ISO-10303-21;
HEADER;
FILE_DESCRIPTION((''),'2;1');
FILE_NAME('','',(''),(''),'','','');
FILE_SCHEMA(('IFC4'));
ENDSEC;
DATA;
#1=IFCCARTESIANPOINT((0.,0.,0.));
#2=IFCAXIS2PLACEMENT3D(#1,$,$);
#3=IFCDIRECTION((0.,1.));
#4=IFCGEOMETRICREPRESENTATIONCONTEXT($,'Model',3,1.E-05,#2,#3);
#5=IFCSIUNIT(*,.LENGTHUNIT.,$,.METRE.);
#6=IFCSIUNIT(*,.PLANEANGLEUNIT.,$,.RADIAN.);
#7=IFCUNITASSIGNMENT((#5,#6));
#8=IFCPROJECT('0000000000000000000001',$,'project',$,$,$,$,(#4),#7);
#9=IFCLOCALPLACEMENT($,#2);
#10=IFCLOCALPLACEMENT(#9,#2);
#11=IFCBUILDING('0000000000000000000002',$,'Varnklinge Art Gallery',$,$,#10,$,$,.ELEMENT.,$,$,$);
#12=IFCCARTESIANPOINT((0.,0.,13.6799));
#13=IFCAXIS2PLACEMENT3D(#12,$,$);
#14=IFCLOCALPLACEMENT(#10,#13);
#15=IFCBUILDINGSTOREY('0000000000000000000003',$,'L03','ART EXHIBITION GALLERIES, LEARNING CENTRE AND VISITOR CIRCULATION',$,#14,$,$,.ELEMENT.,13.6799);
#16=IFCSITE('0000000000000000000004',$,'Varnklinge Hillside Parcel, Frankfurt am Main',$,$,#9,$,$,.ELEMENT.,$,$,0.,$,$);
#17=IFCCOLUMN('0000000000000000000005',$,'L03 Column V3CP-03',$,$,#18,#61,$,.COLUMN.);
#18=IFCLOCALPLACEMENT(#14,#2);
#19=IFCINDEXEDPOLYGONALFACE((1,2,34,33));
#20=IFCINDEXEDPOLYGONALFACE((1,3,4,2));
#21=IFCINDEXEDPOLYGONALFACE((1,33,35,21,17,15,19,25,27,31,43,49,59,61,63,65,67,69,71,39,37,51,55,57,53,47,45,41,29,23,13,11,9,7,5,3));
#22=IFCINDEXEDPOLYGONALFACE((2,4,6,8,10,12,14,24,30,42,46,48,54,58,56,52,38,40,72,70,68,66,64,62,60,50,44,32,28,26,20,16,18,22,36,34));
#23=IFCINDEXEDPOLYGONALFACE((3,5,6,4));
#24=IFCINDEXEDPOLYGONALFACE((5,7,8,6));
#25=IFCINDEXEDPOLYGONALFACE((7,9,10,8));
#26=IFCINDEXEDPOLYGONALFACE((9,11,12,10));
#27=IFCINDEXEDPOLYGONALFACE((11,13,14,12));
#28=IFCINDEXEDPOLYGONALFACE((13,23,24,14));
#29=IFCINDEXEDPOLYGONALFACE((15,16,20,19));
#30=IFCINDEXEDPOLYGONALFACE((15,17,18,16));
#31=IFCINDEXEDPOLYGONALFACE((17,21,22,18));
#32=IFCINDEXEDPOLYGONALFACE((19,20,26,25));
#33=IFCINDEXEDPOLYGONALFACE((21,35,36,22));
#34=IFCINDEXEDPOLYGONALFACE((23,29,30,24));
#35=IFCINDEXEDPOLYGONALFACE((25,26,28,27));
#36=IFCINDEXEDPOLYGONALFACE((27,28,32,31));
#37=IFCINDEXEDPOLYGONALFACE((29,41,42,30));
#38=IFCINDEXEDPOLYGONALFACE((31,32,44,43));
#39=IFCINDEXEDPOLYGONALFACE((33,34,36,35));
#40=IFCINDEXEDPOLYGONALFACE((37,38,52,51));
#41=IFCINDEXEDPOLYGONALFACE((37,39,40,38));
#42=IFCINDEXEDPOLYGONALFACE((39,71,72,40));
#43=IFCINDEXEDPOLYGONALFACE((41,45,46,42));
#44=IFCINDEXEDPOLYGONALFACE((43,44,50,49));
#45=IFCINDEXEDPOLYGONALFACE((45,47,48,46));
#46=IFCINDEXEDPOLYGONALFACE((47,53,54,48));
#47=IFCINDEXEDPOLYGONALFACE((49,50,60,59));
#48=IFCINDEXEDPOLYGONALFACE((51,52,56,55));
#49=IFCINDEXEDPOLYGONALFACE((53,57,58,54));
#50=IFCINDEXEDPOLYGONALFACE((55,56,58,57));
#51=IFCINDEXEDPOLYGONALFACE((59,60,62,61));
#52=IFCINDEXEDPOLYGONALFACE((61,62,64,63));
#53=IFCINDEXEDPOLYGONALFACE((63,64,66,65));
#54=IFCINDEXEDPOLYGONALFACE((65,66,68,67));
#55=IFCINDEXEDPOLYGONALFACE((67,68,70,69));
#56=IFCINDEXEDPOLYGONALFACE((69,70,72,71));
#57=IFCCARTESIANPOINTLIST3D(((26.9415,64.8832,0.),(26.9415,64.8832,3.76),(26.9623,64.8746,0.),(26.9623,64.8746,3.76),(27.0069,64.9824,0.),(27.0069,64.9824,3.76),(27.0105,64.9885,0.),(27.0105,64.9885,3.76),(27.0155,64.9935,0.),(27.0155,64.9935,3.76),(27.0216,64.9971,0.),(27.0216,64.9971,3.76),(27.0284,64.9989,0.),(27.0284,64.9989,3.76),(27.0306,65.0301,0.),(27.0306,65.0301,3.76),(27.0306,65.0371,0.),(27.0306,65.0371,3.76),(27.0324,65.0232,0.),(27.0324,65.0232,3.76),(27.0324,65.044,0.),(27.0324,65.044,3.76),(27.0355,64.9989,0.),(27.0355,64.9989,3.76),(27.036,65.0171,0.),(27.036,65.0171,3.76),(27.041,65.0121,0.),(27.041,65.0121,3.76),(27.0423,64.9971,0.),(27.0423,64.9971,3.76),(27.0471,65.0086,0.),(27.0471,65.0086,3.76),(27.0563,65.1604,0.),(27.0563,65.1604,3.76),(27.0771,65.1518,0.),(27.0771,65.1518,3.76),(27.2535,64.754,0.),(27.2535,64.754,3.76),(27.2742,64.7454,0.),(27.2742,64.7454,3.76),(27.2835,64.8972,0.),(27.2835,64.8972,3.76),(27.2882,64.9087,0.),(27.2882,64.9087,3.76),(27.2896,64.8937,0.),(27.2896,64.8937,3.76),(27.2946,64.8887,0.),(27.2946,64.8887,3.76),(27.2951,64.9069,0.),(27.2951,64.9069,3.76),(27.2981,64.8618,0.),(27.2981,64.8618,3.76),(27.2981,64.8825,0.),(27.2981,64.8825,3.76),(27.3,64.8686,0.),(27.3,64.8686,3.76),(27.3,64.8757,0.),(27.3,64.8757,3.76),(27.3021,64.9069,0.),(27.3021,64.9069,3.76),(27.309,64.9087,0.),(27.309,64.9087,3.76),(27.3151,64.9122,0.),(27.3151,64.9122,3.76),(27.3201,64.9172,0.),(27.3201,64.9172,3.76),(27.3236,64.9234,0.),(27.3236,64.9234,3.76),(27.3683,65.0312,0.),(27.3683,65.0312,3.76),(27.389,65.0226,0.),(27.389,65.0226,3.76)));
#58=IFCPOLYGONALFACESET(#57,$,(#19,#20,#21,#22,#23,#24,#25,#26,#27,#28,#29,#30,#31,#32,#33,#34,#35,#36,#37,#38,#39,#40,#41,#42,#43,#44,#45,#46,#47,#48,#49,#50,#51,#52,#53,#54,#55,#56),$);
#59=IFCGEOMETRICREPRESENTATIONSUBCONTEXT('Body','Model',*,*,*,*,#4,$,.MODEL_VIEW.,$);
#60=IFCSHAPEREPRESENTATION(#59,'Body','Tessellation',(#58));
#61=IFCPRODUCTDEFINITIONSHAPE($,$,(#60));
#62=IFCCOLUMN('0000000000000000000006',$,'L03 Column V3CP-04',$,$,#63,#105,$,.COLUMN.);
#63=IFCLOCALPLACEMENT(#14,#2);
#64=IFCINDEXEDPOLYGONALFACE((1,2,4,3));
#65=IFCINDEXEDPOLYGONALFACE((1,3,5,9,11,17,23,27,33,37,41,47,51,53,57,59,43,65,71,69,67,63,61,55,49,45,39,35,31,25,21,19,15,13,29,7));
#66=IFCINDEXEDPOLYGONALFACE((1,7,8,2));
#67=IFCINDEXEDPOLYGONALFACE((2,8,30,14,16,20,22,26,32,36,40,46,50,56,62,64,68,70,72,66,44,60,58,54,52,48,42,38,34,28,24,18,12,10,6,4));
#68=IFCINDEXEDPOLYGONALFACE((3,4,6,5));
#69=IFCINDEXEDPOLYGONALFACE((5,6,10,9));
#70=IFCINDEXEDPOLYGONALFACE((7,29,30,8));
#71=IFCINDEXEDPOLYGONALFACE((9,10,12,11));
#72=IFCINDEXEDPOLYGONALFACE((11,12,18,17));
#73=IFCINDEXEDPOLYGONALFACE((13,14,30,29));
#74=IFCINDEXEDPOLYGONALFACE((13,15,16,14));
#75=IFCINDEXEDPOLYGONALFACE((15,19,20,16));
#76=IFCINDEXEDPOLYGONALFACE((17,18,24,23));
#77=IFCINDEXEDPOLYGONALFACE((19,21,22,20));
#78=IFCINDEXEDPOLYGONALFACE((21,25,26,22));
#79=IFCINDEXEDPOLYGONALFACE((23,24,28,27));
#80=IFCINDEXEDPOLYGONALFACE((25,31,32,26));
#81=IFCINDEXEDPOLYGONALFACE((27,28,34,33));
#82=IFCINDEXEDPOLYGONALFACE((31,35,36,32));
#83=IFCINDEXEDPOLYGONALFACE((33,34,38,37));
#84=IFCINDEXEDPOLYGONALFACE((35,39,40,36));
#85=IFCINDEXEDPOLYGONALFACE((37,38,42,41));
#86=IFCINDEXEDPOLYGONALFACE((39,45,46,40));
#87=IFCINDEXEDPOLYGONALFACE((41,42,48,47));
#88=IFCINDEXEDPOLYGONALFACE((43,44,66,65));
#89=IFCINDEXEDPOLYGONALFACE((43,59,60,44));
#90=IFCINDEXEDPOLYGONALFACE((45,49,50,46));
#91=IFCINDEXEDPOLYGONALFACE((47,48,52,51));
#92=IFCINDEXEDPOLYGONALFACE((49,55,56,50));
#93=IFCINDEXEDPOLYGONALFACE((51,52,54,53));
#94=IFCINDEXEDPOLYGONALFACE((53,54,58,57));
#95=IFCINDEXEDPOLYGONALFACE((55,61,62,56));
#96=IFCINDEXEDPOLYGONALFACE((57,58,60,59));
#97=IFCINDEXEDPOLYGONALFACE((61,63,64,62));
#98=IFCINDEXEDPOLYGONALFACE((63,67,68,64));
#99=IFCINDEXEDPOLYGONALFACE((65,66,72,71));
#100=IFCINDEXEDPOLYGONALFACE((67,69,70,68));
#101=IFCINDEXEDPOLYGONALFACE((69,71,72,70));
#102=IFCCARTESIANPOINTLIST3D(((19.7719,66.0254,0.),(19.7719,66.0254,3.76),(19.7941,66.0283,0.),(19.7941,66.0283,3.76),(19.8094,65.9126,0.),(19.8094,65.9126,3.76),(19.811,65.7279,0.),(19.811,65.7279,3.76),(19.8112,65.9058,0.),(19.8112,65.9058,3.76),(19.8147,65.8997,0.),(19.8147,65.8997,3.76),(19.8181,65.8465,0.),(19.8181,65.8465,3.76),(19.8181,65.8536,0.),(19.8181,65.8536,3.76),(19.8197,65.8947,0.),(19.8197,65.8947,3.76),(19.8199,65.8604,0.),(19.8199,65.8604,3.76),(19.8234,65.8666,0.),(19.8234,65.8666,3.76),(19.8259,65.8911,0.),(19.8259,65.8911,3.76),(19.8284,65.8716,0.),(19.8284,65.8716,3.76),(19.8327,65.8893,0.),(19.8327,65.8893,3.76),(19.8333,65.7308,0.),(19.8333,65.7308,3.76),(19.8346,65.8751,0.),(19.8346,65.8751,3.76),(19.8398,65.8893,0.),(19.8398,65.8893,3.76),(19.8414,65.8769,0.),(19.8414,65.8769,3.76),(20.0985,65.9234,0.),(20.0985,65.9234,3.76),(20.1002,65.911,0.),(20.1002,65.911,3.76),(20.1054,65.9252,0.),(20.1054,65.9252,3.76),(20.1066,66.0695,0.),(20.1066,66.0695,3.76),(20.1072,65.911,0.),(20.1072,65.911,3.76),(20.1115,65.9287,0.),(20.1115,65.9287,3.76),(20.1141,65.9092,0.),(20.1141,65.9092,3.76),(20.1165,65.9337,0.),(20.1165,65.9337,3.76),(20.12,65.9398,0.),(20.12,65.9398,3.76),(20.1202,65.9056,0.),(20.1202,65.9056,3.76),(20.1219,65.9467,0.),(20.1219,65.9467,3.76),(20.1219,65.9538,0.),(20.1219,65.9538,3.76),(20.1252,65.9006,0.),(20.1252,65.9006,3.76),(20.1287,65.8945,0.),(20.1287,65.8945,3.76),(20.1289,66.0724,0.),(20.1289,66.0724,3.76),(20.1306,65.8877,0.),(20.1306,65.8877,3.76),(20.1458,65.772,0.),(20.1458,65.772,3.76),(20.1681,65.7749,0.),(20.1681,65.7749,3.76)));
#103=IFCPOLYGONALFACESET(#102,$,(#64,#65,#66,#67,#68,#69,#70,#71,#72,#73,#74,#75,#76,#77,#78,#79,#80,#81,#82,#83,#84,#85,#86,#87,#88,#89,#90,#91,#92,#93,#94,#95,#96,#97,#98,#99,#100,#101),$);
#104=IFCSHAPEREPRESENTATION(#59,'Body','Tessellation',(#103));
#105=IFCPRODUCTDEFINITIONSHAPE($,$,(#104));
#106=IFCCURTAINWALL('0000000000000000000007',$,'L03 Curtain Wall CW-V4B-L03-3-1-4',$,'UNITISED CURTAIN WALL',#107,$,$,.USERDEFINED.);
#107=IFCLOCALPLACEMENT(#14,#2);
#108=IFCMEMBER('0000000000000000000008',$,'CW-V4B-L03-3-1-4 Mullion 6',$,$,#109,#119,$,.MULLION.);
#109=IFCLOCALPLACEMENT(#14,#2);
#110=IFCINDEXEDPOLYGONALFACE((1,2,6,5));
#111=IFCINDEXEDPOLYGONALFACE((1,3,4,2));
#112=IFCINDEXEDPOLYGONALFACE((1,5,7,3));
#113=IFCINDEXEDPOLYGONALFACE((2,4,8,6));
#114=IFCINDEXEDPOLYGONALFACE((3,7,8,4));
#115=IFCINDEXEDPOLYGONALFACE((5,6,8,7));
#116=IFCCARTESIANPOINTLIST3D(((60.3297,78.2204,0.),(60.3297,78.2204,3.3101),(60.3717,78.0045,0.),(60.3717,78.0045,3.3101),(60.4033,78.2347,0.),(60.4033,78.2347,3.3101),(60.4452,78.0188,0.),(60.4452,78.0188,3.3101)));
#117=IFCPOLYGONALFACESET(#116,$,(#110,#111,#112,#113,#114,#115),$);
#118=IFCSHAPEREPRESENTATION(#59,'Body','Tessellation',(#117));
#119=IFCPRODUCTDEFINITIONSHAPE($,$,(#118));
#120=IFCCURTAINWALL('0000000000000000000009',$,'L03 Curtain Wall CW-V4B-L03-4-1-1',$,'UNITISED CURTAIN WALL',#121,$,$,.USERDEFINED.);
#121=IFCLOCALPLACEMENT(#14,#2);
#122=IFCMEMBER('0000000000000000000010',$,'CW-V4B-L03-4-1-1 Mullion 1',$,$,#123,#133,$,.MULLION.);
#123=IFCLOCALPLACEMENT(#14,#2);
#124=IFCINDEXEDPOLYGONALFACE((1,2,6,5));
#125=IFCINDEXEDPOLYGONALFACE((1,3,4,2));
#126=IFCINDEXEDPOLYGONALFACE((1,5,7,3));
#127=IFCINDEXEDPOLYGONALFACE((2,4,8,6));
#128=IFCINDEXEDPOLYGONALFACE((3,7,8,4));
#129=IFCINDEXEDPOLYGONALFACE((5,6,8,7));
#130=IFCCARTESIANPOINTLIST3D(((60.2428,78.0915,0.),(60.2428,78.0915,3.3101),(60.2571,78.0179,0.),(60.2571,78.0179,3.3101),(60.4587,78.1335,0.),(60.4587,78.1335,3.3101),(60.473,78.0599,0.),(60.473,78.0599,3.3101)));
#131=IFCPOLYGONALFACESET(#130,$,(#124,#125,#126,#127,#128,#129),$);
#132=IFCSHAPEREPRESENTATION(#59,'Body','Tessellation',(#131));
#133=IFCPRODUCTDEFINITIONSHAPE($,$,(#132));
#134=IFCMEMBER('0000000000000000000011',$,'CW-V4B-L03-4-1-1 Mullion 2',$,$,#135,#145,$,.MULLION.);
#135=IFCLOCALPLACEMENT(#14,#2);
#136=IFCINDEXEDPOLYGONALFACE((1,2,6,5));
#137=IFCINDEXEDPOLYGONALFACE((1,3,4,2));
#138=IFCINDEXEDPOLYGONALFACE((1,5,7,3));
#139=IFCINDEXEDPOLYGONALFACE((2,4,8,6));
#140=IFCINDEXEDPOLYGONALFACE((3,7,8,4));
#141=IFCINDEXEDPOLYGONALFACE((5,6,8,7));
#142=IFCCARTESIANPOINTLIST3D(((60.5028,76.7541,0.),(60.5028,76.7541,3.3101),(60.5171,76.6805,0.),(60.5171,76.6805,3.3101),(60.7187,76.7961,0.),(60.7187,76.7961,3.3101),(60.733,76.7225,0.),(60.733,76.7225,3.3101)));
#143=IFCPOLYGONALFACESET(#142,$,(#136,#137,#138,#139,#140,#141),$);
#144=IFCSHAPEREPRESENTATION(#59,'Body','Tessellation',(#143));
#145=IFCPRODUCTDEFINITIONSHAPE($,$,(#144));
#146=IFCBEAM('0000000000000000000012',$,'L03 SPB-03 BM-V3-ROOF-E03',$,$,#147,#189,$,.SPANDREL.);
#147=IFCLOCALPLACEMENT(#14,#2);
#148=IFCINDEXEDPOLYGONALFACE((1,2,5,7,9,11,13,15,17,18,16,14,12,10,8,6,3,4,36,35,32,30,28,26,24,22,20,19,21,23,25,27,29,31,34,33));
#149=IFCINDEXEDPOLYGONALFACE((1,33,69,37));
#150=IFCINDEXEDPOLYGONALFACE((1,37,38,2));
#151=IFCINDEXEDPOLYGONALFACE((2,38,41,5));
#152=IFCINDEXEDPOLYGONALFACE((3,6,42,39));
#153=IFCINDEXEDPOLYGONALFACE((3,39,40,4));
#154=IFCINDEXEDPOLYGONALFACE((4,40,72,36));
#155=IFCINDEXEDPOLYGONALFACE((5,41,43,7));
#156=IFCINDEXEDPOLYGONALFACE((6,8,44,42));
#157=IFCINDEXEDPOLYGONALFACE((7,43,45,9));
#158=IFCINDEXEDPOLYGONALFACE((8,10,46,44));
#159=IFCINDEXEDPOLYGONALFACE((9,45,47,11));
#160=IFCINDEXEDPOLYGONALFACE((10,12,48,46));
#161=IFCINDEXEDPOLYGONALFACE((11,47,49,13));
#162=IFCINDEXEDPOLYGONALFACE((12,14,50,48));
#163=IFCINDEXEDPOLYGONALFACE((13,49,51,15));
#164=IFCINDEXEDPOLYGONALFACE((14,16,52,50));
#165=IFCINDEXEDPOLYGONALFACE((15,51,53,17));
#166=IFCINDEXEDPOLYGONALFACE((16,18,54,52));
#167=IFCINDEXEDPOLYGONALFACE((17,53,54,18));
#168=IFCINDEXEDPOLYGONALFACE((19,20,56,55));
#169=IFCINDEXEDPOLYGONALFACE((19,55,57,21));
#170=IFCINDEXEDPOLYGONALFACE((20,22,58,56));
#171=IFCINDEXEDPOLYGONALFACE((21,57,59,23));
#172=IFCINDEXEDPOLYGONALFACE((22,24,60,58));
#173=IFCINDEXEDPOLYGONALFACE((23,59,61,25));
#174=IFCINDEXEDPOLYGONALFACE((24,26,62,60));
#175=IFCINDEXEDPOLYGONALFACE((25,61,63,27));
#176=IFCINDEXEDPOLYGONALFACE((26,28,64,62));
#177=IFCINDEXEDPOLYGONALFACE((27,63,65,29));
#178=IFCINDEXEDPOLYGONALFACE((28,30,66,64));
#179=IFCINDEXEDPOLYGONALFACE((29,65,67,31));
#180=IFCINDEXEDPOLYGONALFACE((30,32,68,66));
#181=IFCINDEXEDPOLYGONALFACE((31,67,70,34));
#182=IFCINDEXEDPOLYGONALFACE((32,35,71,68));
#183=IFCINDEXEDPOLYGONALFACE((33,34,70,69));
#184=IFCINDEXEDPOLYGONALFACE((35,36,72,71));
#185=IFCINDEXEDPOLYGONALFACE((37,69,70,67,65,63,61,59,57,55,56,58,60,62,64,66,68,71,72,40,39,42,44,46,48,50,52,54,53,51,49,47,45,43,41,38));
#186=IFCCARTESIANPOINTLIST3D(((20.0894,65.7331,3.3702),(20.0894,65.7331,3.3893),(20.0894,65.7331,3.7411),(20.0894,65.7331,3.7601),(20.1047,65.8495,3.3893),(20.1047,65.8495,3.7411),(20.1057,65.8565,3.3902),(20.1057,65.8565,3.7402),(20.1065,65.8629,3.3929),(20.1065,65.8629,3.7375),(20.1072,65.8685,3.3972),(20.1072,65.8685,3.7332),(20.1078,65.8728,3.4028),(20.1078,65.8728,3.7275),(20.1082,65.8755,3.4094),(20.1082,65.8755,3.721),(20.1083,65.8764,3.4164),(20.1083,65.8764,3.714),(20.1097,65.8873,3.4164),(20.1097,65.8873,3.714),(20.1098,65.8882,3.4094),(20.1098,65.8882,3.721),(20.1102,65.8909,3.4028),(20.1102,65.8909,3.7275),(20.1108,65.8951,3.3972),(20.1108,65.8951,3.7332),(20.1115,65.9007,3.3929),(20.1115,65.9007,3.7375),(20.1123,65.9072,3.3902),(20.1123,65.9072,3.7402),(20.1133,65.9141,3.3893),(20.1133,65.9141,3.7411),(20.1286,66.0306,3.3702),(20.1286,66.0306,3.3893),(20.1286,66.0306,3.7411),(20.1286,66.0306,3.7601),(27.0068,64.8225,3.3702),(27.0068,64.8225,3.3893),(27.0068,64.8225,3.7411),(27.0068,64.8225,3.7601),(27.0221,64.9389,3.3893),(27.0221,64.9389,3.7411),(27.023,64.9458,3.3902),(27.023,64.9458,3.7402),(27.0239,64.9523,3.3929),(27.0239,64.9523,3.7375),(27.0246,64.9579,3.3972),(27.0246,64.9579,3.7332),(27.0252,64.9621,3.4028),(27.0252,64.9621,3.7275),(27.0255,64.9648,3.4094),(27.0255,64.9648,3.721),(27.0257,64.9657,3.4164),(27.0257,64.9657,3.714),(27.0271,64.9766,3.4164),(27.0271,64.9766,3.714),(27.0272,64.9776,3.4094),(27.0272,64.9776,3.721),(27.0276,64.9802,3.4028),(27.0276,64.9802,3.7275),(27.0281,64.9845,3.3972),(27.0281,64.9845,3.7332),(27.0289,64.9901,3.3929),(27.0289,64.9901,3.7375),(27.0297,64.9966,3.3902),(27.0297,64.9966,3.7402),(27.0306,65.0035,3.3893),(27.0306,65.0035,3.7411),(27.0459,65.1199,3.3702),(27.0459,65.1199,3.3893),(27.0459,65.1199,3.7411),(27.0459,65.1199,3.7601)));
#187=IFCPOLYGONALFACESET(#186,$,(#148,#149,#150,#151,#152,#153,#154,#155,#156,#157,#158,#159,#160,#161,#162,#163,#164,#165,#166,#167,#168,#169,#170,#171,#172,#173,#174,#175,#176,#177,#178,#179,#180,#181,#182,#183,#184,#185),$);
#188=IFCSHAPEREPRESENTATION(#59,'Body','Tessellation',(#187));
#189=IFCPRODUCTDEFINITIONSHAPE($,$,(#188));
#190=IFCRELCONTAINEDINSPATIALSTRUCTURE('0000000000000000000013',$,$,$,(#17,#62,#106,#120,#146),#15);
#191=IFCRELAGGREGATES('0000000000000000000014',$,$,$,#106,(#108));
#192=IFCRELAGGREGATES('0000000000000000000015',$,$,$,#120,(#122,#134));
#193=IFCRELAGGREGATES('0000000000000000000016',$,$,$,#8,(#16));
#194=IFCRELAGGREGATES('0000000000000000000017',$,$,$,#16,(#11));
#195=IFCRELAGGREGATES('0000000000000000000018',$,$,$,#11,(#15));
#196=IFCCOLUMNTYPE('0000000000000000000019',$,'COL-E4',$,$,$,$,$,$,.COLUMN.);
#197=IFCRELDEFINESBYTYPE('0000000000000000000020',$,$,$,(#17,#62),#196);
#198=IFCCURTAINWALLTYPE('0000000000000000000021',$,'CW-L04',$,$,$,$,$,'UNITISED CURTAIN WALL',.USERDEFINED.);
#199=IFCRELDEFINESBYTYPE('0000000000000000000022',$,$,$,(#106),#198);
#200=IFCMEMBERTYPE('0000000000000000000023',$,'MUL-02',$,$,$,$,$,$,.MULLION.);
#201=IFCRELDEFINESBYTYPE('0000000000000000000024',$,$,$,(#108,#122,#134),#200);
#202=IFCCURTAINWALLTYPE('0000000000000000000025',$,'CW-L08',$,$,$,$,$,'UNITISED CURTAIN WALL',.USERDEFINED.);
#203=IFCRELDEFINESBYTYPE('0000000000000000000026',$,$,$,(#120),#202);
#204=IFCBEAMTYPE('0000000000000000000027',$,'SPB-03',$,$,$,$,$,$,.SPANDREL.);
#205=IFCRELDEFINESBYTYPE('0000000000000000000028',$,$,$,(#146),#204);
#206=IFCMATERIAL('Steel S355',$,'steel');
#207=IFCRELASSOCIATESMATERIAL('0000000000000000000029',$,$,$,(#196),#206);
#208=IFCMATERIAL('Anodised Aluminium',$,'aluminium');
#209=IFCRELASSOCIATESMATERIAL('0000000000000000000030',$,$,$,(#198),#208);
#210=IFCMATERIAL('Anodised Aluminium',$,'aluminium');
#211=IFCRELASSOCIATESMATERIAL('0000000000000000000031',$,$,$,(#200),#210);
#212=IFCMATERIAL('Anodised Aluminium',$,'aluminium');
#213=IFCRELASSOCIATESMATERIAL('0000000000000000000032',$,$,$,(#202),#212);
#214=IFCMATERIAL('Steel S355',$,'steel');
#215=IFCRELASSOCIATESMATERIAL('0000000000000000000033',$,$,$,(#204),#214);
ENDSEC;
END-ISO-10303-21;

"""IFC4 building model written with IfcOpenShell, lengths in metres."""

from ifc_helpers import new_model, si_unit, direction, frame, origin, origin_2d, place, context, subcontext, project, spatial, rectangle, i_section, extrude, material, material_profile, profile_set, type_object, element, aggregate, save


model = new_model("IFC4")

# Units and contexts
model_context = context("Model", 3, precision=1e-05, world=origin(), true_north=direction((0.0, 1.0)))
body_context = subcontext(model_context, "Body", "Model", "MODEL_VIEW")
ifc_project = project(units=[si_unit("LENGTHUNIT", "METRE"), si_unit("PLANEANGLEUNIT", "RADIAN")], contexts=[model_context])

# Site, building, storey
site_placement = place(None, origin())
site = spatial("IfcSite", under=ifc_project, at=site_placement, Name="Varnklinge Hillside Parcel, Frankfurt am Main", CompositionType="ELEMENT", RefElevation=0.0)
building_placement = place(site_placement, origin())
building = spatial("IfcBuilding", under=site, at=building_placement, Name="Varnklinge Art Gallery", CompositionType="ELEMENT")
storey_placement = place(building_placement, frame((0.0, 0.0, 13.6799)))
storey = spatial("IfcBuildingStorey", under=building, at=storey_placement, Name="L03", Description="ART EXHIBITION GALLERIES, LEARNING CENTRE AND VISITOR CIRCULATION", CompositionType="ELEMENT", Elevation=13.6799)

# Columns
ifc_material_1 = material(Name="Steel S355", Category="steel")
ifc_material_profile_1 = material_profile(ifc_material_1, i_section(OverallWidth=0.3, OverallDepth=0.3601, WebThickness=0.0125, FlangeThickness=0.0225, FilletRadius=0.0271, at=origin_2d()), Name="HEB 360")
ifc_profile_set_1 = profile_set([ifc_material_profile_1], Name="Steel S355")
column_type = type_object("IfcColumnType", Name="COL-E4", PredefinedType="COLUMN", material=ifc_profile_set_1)
for number, where, z_axis, x_axis, name in (
    (1, (27.1653, 64.9529, 0.0), (0.0, 0.0, 1.0), (0.382683, 0.92388, 0.0), "L03 Column V3CP-03"),
    (2, (19.97, 65.9001, 0.0), (0.0, 0.0, 1.0), (-0.130526, 0.991445, 0.0), "L03 Column V3CP-04"),
):
    element("IfcColumn", number, at=place(storey_placement, frame(where, z_axis=z_axis, x_axis=x_axis)), inside=storey, type_object=column_type, Name=name, PredefinedType="COLUMN", context=body_context, shape_type="SweptSolid", body=[
        extrude(i_section(OverallWidth=0.3, OverallDepth=0.3601, WebThickness=0.0125, FlangeThickness=0.0225, FilletRadius=0.0271, at=origin_2d()), origin(), (0.0, 0.0, 1.0), 3.76),
    ])

# Curtain wall, member
ifc_material_2 = material(Name="Anodised Aluminium", Category="aluminium")
curtain_wall_type_1 = type_object("IfcCurtainWallType", Name="CW-L04", ElementType="UNITISED CURTAIN WALL", PredefinedType="USERDEFINED", material=ifc_material_2)
curtain_wall_1_placement = place(storey_placement, origin())
curtain_wall_1 = element("IfcCurtainWall", 3, at=curtain_wall_1_placement, inside=storey, type_object=curtain_wall_type_1, Name="L03 Curtain Wall CW-V4B-L03-3-1-4", ObjectType="UNITISED CURTAIN WALL", PredefinedType="USERDEFINED")
ifc_material_3 = material(Name="Anodised Aluminium", Category="aluminium")
ifc_material_profile_2 = material_profile(ifc_material_3, rectangle(XDim=0.075, YDim=0.22, at=origin_2d()), Name="ALU 75x220")
ifc_profile_set_2 = profile_set([ifc_material_profile_2], Name="Anodised Aluminium")
member_type_1 = type_object("IfcMemberType", Name="MUL-02", PredefinedType="MULLION", material=ifc_profile_set_2)
member_1_placement = place(storey_placement, frame((60.3875, 78.1196, 0.0), z_axis=(0.0, 0.0, 1.0), x_axis=(-0.981627, -0.190809, 0.0)))
member_1 = element("IfcMember", 4, at=member_1_placement, type_object=member_type_1, Name="CW-V4B-L03-3-1-4 Mullion 6", PredefinedType="MULLION", context=body_context, shape_type="SweptSolid", body=[
    extrude(rectangle(XDim=0.075, YDim=0.22, at=origin_2d()), origin(), (0.0, 0.0, 1.0), 3.3101),
])
aggregate(curtain_wall_1, [member_1])

# Curtain wall, members
ifc_material_4 = material(Name="Anodised Aluminium", Category="aluminium")
curtain_wall_type_2 = type_object("IfcCurtainWallType", Name="CW-L08", ElementType="UNITISED CURTAIN WALL", PredefinedType="USERDEFINED", material=ifc_material_4)
curtain_wall_2_placement = place(storey_placement, origin())
curtain_wall_2 = element("IfcCurtainWall", 5, at=curtain_wall_2_placement, inside=storey, type_object=curtain_wall_type_2, Name="L03 Curtain Wall CW-V4B-L03-4-1-1", ObjectType="UNITISED CURTAIN WALL", PredefinedType="USERDEFINED")
member_2_placement = place(storey_placement, frame((60.3579, 78.0757, 0.0), z_axis=(0.0, 0.0, 1.0), x_axis=(0.190809, -0.981627, 0.0)))
member_2 = element("IfcMember", 6, at=member_2_placement, type_object=member_type_1, Name="CW-V4B-L03-4-1-1 Mullion 1", PredefinedType="MULLION", context=body_context, shape_type="SweptSolid", body=[
    extrude(rectangle(XDim=0.075, YDim=0.22, at=origin_2d()), origin(), (0.0, 0.0, 1.0), 3.3101),
])
member_3_placement = place(storey_placement, frame((60.6179, 76.7383, 0.0), z_axis=(0.0, 0.0, 1.0), x_axis=(0.190809, -0.981627, 0.0)))
member_3 = element("IfcMember", 7, at=member_3_placement, type_object=member_type_1, Name="CW-V4B-L03-4-1-1 Mullion 2", PredefinedType="MULLION", context=body_context, shape_type="SweptSolid", body=[
    extrude(rectangle(XDim=0.075, YDim=0.22, at=origin_2d()), origin(), (0.0, 0.0, 1.0), 3.3101),
])

# Beam
ifc_material_5 = material(Name="Steel S355", Category="steel")
ifc_material_profile_3 = material_profile(ifc_material_5, i_section(OverallWidth=0.3, OverallDepth=0.3899, WebThickness=0.011, FlangeThickness=0.019, FilletRadius=0.0271, at=origin_2d()), Name="HEA 400")
ifc_profile_set_3 = profile_set([ifc_material_profile_3], Name="Steel S355")
beam_type = type_object("IfcBeamType", Name="SPB-03", PredefinedType="SPANDREL", material=ifc_profile_set_3)
beam_1_placement = place(storey_placement, frame((27.0264, 64.9712, 3.5652), z_axis=(-0.991446, 0.130518, 0.0), x_axis=(-0.130518, -0.991446, 0.0)))
element("IfcBeam", 8, at=beam_1_placement, inside=storey, type_object=beam_type, Name="L03 SPB-03 BM-V3-ROOF-E03", PredefinedType="SPANDREL", context=body_context, shape_type="SweptSolid", body=[
    extrude(i_section(OverallWidth=0.3, OverallDepth=0.3899, WebThickness=0.011, FlangeThickness=0.019, FilletRadius=0.0271, at=origin_2d()), origin(), (0.0, 0.0, 1.0), 6.9771),
])

aggregate(curtain_wall_2, [member_2, member_3])

save(model, "model.ifc")
